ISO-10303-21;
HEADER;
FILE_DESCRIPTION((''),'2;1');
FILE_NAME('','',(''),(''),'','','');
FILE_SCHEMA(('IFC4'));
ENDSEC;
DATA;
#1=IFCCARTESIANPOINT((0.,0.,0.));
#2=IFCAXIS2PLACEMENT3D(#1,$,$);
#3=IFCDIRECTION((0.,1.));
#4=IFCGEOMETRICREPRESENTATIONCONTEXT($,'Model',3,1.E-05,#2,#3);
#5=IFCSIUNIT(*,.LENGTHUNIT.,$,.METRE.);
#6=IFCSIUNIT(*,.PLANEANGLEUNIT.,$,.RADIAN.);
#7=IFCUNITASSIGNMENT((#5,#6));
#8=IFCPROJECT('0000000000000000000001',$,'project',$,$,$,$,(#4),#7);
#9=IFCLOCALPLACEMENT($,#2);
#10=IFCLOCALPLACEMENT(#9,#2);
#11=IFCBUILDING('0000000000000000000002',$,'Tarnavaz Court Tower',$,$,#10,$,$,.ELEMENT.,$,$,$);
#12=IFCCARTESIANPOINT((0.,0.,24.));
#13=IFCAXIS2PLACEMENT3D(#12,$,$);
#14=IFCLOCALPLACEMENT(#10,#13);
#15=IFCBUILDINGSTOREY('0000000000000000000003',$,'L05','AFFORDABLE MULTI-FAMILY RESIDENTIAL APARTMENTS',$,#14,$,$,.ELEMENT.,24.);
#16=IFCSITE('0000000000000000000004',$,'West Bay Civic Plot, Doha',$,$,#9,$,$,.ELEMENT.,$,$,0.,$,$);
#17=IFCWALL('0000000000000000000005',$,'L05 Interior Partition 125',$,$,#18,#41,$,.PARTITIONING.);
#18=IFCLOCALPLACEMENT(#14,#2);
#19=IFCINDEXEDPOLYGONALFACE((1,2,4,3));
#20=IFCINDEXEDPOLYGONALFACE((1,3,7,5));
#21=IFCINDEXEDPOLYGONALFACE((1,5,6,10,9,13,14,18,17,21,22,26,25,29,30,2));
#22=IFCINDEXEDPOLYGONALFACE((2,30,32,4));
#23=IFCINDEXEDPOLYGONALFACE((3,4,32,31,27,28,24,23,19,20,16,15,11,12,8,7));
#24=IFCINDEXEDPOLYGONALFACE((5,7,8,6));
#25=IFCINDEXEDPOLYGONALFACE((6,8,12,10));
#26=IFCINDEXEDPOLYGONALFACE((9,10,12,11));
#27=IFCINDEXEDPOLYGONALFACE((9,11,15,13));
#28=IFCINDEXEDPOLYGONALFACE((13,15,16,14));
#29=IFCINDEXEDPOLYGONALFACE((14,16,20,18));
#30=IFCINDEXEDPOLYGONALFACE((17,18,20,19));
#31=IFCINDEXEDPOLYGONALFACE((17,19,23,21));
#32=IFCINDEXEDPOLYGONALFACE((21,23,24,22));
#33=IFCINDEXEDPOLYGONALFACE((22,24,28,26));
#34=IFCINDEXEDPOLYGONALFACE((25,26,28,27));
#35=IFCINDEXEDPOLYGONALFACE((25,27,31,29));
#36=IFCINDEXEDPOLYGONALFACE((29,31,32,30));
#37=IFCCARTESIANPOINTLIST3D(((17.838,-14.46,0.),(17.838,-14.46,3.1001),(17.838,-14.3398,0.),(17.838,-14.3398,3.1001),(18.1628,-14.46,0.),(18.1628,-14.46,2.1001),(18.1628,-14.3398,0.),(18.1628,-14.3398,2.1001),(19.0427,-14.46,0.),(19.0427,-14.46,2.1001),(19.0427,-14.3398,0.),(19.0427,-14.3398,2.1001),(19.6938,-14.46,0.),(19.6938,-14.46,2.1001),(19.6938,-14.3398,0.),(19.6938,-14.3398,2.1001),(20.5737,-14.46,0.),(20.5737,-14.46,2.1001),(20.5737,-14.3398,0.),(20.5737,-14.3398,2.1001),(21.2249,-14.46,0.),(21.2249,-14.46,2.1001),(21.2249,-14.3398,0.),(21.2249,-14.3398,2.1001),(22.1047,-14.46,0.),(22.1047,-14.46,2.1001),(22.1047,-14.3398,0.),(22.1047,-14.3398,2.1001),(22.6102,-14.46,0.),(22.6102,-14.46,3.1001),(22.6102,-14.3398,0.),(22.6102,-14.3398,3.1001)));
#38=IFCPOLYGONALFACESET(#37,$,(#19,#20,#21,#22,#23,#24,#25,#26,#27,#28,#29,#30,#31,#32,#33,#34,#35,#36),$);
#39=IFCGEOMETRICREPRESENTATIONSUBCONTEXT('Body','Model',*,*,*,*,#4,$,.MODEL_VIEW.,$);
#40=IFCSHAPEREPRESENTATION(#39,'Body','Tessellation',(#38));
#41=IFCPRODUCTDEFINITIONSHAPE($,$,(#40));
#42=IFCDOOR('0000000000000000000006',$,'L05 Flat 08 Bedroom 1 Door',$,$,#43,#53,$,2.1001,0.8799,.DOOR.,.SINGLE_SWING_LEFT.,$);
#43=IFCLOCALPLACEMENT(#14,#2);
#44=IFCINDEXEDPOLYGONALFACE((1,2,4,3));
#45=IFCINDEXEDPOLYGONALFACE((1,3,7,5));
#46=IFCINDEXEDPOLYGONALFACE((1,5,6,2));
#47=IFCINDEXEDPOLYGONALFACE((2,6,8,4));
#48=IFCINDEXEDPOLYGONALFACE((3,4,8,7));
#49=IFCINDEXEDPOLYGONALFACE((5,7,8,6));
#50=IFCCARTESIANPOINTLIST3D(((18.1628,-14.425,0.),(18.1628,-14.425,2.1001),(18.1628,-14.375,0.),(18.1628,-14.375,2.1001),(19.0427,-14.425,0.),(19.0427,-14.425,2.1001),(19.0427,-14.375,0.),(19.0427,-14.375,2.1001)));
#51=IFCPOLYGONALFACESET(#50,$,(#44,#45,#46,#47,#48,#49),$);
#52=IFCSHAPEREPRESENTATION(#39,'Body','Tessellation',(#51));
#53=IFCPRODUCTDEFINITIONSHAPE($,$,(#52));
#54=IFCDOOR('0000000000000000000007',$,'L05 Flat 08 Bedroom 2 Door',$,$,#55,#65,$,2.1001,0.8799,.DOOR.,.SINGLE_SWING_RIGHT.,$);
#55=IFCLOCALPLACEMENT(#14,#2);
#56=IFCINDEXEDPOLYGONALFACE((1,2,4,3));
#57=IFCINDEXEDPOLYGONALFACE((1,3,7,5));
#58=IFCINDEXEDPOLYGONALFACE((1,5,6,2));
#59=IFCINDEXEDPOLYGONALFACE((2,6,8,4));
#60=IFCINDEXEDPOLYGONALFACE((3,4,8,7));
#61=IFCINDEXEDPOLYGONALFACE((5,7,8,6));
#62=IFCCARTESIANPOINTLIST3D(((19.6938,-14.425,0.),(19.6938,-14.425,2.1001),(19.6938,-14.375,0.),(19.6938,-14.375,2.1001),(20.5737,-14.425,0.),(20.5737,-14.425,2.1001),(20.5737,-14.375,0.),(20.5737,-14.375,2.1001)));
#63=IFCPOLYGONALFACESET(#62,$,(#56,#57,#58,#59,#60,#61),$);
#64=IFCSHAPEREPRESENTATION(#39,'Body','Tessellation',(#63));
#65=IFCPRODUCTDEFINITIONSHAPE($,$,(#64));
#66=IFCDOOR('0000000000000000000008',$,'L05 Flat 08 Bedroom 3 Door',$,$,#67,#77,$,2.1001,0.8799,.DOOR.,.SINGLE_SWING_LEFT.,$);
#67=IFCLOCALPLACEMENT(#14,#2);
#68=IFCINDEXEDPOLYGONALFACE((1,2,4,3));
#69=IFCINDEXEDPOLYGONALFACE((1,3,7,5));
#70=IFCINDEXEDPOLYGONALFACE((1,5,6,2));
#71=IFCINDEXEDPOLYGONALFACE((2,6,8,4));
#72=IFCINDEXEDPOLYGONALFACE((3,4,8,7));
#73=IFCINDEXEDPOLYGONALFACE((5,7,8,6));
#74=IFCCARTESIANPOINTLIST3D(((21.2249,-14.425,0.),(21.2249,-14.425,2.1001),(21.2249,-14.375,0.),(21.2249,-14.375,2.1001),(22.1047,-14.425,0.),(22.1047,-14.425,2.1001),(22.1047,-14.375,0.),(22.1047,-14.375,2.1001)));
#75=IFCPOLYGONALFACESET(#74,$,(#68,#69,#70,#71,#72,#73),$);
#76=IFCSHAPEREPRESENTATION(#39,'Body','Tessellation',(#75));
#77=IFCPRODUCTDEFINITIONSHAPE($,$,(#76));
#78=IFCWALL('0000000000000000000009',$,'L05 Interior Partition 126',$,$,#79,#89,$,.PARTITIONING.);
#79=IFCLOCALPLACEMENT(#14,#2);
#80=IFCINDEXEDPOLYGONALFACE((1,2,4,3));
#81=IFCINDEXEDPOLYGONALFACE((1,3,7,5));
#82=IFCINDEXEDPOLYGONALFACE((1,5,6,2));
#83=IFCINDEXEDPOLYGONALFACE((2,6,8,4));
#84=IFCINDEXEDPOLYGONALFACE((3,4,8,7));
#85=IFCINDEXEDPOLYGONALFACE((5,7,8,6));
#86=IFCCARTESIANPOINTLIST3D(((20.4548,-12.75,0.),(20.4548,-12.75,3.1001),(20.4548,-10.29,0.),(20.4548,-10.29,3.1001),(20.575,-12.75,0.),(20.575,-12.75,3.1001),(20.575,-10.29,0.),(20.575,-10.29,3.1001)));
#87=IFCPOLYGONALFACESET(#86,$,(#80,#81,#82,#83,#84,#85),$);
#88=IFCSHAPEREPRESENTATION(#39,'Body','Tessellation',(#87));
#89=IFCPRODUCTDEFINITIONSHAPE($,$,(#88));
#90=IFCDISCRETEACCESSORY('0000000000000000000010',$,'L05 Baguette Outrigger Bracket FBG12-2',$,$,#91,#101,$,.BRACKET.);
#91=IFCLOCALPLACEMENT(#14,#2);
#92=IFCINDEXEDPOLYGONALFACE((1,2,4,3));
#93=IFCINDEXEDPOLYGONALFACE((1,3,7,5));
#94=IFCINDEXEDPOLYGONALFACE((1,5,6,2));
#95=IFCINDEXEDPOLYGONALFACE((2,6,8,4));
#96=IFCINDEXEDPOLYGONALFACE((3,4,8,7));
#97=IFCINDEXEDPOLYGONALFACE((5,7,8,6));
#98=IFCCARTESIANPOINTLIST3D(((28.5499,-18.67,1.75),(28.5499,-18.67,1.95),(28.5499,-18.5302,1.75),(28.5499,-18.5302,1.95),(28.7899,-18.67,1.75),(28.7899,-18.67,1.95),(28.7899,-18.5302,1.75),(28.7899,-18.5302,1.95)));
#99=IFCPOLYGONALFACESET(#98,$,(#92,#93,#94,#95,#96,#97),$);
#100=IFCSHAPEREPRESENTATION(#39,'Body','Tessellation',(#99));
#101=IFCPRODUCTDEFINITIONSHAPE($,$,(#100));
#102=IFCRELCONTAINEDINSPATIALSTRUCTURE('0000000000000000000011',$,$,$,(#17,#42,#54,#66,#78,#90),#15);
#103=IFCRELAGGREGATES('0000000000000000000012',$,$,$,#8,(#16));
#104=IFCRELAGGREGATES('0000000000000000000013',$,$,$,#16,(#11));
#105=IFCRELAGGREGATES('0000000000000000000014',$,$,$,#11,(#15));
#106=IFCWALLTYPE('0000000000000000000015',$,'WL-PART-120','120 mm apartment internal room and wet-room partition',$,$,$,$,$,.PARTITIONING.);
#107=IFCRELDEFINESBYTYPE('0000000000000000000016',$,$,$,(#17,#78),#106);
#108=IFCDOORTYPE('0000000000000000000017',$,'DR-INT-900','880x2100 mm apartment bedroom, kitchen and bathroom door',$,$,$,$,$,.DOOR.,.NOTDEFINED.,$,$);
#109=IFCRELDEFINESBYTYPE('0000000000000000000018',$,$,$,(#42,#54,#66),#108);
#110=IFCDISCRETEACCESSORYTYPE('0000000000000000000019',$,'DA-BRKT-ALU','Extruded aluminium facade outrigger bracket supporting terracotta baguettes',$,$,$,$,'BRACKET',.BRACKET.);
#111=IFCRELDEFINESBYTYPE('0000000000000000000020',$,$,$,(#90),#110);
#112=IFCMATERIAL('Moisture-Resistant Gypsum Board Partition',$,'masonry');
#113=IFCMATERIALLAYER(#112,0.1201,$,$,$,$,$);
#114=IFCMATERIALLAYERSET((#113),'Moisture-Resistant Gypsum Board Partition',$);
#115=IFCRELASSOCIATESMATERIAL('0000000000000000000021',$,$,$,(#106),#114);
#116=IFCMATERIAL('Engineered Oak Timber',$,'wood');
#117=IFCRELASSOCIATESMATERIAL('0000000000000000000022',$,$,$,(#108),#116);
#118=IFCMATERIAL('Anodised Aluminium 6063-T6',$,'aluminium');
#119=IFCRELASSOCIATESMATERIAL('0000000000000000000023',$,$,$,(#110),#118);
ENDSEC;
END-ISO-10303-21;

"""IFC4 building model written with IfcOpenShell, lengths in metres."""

from ifc_helpers import new_model, si_unit, direction, frame, frame_2d, origin, origin_2d, place, context, subcontext, project, spatial, rectangle, extrude, material, layer, layer_set, type_object, element, fill, save


model = new_model("IFC4")

# Units and contexts
model_context = context("Model", 3, precision=1e-05, world=origin(), true_north=direction((0.0, 1.0)))
body_context = subcontext(model_context, "Body", "Model", "MODEL_VIEW")
ifc_project = project(units=[si_unit("LENGTHUNIT", "METRE"), si_unit("PLANEANGLEUNIT", "RADIAN")], contexts=[model_context])

# Site, building, storey
site_placement = place(None, origin())
site = spatial("IfcSite", under=ifc_project, at=site_placement, Name="West Bay Civic Plot, Doha", CompositionType="ELEMENT", RefElevation=0.0)
building_placement = place(site_placement, origin())
building = spatial("IfcBuilding", under=site, at=building_placement, Name="Tarnavaz Court Tower", CompositionType="ELEMENT")
storey_placement = place(building_placement, frame((0.0, 0.0, 24.0)))
storey = spatial("IfcBuildingStorey", under=building, at=storey_placement, Name="L05", Description="AFFORDABLE MULTI-FAMILY RESIDENTIAL APARTMENTS", CompositionType="ELEMENT", Elevation=24.0)

# Shared definitions
ifc_material_1 = material(Name="Engineered Oak Timber", Category="wood")
ifc_material_2 = material(Name="Moisture-Resistant Gypsum Board Partition", Category="masonry")
ifc_layer_1 = layer(ifc_material_2, 0.1201)
ifc_layer_set_1 = layer_set([ifc_layer_1], Name="Moisture-Resistant Gypsum Board Partition")
wall_type_1 = type_object("IfcWallType", Name="WL-PART-120", Description="120 mm apartment internal room and wet-room partition", PredefinedType="PARTITIONING", material=ifc_layer_set_1)
door_type_1 = type_object("IfcDoorType", Name="DR-INT-900", Description="880x2100 mm apartment bedroom, kitchen and bathroom door", OperationType="NOTDEFINED", PredefinedType="DOOR", material=ifc_material_1)

# Wall, openings, doors
wall_1_placement = place(storey_placement, frame((17.8379, -14.3999, 0.0), z_axis=(0.0, 0.0, 1.0), x_axis=(1.0, 0.0, 0.0)))
wall_1 = element("IfcWall", 1, at=wall_1_placement, inside=storey, type_object=wall_type_1, Name="L05 Interior Partition 125", PredefinedType="PARTITIONING", context=body_context, shape_type="SweptSolid", body=[
    extrude(rectangle(XDim=4.7722, YDim=0.1201, at=frame_2d((2.3862, 0.0))), origin(), (0.0, 0.0, 1.0), 3.1001),
])
opening_1_placement = place(wall_1_placement, frame((0.325, 0.0, 0.0)))
opening_1 = element("IfcOpeningElement", 2, at=opening_1_placement, cuts=wall_1, PredefinedType="OPENING", context=body_context, shape_type="SweptSolid", body=[
    extrude(rectangle(XDim=0.8799, YDim=2.1001, at=frame_2d((0.4399, 1.05))), frame((0.0, 0.0701, 0.0), z_axis=(0.0, -1.0, 0.0), x_axis=(1.0, 0.0, 0.0)), (0.0, 0.0, 1.0), 0.1401),
])
opening_2_placement = place(wall_1_placement, frame((1.856, 0.0, 0.0)))
opening_2 = element("IfcOpeningElement", 3, at=opening_2_placement, cuts=wall_1, PredefinedType="OPENING", context=body_context, shape_type="SweptSolid", body=[
    extrude(rectangle(XDim=0.8799, YDim=2.1001, at=frame_2d((0.4399, 1.05))), frame((0.0, 0.0701, 0.0), z_axis=(0.0, -1.0, 0.0), x_axis=(1.0, 0.0, 0.0)), (0.0, 0.0, 1.0), 0.1401),
])
opening_3_placement = place(wall_1_placement, frame((3.387, 0.0, 0.0)))
opening_3 = element("IfcOpeningElement", 4, at=opening_3_placement, cuts=wall_1, PredefinedType="OPENING", context=body_context, shape_type="SweptSolid", body=[
    extrude(rectangle(XDim=0.8799, YDim=2.1001, at=frame_2d((0.4399, 1.05))), frame((0.0, 0.0701, 0.0), z_axis=(0.0, -1.0, 0.0), x_axis=(1.0, 0.0, 0.0)), (0.0, 0.0, 1.0), 0.1401),
])
door_1_placement = place(opening_1_placement, origin())
door_1 = element("IfcDoor", 5, at=door_1_placement, inside=storey, type_object=door_type_1, Name="L05 Flat 08 Bedroom 1 Door", OperationType="SINGLE_SWING_LEFT", OverallHeight=2.1001, OverallWidth=0.8799, PredefinedType="DOOR", context=body_context, shape_type="SweptSolid", body=[
    extrude(rectangle(XDim=0.8799, YDim=2.1001, at=frame_2d((0.4399, 1.05))), frame((0.0, 0.0249, 0.0), z_axis=(0.0, -1.0, 0.0), x_axis=(1.0, 0.0, 0.0)), (0.0, 0.0, 1.0), 0.05),
])
fill(opening_1, door_1)
door_2_placement = place(opening_2_placement, origin())
door_2 = element("IfcDoor", 6, at=door_2_placement, inside=storey, type_object=door_type_1, Name="L05 Flat 08 Bedroom 2 Door", OperationType="SINGLE_SWING_RIGHT", OverallHeight=2.1001, OverallWidth=0.8799, PredefinedType="DOOR", context=body_context, shape_type="SweptSolid", body=[
    extrude(rectangle(XDim=0.8799, YDim=2.1001, at=frame_2d((0.4399, 1.05))), frame((0.0, 0.0249, 0.0), z_axis=(0.0, -1.0, 0.0), x_axis=(1.0, 0.0, 0.0)), (0.0, 0.0, 1.0), 0.05),
])
fill(opening_2, door_2)
door_3_placement = place(opening_3_placement, origin())
door_3 = element("IfcDoor", 7, at=door_3_placement, inside=storey, type_object=door_type_1, Name="L05 Flat 08 Bedroom 3 Door", OperationType="SINGLE_SWING_LEFT", OverallHeight=2.1001, OverallWidth=0.8799, PredefinedType="DOOR", context=body_context, shape_type="SweptSolid", body=[
    extrude(rectangle(XDim=0.8799, YDim=2.1001, at=frame_2d((0.4399, 1.05))), frame((0.0, 0.0249, 0.0), z_axis=(0.0, -1.0, 0.0), x_axis=(1.0, 0.0, 0.0)), (0.0, 0.0, 1.0), 0.05),
])
fill(opening_3, door_3)

# Wall
wall_2_placement = place(storey_placement, frame((20.5149, -12.75, 0.0), z_axis=(0.0, 0.0, 1.0), x_axis=(0.0, 1.0, 0.0)))
element("IfcWall", 8, at=wall_2_placement, inside=storey, type_object=wall_type_1, Name="L05 Interior Partition 126", PredefinedType="PARTITIONING", context=body_context, shape_type="SweptSolid", body=[
    extrude(rectangle(XDim=2.46, YDim=0.1201, at=frame_2d((1.23, 0.0))), origin(), (0.0, 0.0, 1.0), 3.1001),
])

# Discrete accessory
ifc_material_3 = material(Name="Anodised Aluminium 6063-T6", Category="aluminium")
discrete_accessory_type = type_object("IfcDiscreteAccessoryType", Name="DA-BRKT-ALU", Description="Extruded aluminium facade outrigger bracket supporting terracotta baguettes", ElementType="BRACKET", PredefinedType="BRACKET", material=ifc_material_3)
discrete_accessory_placement = place(storey_placement, frame((28.6699, -18.6001, 1.75), z_axis=(0.0, 0.0, 1.0), x_axis=(0.0, -1.0, 0.0)))
element("IfcDiscreteAccessory", 9, at=discrete_accessory_placement, inside=storey, type_object=discrete_accessory_type, Name="L05 Baguette Outrigger Bracket FBG12-2", PredefinedType="BRACKET", context=body_context, shape_type="SweptSolid", body=[
    extrude(rectangle(XDim=0.1399, YDim=0.24, at=origin_2d()), origin(), (0.0, 0.0, 1.0), 0.2),
])

save(model, "model.ifc")
